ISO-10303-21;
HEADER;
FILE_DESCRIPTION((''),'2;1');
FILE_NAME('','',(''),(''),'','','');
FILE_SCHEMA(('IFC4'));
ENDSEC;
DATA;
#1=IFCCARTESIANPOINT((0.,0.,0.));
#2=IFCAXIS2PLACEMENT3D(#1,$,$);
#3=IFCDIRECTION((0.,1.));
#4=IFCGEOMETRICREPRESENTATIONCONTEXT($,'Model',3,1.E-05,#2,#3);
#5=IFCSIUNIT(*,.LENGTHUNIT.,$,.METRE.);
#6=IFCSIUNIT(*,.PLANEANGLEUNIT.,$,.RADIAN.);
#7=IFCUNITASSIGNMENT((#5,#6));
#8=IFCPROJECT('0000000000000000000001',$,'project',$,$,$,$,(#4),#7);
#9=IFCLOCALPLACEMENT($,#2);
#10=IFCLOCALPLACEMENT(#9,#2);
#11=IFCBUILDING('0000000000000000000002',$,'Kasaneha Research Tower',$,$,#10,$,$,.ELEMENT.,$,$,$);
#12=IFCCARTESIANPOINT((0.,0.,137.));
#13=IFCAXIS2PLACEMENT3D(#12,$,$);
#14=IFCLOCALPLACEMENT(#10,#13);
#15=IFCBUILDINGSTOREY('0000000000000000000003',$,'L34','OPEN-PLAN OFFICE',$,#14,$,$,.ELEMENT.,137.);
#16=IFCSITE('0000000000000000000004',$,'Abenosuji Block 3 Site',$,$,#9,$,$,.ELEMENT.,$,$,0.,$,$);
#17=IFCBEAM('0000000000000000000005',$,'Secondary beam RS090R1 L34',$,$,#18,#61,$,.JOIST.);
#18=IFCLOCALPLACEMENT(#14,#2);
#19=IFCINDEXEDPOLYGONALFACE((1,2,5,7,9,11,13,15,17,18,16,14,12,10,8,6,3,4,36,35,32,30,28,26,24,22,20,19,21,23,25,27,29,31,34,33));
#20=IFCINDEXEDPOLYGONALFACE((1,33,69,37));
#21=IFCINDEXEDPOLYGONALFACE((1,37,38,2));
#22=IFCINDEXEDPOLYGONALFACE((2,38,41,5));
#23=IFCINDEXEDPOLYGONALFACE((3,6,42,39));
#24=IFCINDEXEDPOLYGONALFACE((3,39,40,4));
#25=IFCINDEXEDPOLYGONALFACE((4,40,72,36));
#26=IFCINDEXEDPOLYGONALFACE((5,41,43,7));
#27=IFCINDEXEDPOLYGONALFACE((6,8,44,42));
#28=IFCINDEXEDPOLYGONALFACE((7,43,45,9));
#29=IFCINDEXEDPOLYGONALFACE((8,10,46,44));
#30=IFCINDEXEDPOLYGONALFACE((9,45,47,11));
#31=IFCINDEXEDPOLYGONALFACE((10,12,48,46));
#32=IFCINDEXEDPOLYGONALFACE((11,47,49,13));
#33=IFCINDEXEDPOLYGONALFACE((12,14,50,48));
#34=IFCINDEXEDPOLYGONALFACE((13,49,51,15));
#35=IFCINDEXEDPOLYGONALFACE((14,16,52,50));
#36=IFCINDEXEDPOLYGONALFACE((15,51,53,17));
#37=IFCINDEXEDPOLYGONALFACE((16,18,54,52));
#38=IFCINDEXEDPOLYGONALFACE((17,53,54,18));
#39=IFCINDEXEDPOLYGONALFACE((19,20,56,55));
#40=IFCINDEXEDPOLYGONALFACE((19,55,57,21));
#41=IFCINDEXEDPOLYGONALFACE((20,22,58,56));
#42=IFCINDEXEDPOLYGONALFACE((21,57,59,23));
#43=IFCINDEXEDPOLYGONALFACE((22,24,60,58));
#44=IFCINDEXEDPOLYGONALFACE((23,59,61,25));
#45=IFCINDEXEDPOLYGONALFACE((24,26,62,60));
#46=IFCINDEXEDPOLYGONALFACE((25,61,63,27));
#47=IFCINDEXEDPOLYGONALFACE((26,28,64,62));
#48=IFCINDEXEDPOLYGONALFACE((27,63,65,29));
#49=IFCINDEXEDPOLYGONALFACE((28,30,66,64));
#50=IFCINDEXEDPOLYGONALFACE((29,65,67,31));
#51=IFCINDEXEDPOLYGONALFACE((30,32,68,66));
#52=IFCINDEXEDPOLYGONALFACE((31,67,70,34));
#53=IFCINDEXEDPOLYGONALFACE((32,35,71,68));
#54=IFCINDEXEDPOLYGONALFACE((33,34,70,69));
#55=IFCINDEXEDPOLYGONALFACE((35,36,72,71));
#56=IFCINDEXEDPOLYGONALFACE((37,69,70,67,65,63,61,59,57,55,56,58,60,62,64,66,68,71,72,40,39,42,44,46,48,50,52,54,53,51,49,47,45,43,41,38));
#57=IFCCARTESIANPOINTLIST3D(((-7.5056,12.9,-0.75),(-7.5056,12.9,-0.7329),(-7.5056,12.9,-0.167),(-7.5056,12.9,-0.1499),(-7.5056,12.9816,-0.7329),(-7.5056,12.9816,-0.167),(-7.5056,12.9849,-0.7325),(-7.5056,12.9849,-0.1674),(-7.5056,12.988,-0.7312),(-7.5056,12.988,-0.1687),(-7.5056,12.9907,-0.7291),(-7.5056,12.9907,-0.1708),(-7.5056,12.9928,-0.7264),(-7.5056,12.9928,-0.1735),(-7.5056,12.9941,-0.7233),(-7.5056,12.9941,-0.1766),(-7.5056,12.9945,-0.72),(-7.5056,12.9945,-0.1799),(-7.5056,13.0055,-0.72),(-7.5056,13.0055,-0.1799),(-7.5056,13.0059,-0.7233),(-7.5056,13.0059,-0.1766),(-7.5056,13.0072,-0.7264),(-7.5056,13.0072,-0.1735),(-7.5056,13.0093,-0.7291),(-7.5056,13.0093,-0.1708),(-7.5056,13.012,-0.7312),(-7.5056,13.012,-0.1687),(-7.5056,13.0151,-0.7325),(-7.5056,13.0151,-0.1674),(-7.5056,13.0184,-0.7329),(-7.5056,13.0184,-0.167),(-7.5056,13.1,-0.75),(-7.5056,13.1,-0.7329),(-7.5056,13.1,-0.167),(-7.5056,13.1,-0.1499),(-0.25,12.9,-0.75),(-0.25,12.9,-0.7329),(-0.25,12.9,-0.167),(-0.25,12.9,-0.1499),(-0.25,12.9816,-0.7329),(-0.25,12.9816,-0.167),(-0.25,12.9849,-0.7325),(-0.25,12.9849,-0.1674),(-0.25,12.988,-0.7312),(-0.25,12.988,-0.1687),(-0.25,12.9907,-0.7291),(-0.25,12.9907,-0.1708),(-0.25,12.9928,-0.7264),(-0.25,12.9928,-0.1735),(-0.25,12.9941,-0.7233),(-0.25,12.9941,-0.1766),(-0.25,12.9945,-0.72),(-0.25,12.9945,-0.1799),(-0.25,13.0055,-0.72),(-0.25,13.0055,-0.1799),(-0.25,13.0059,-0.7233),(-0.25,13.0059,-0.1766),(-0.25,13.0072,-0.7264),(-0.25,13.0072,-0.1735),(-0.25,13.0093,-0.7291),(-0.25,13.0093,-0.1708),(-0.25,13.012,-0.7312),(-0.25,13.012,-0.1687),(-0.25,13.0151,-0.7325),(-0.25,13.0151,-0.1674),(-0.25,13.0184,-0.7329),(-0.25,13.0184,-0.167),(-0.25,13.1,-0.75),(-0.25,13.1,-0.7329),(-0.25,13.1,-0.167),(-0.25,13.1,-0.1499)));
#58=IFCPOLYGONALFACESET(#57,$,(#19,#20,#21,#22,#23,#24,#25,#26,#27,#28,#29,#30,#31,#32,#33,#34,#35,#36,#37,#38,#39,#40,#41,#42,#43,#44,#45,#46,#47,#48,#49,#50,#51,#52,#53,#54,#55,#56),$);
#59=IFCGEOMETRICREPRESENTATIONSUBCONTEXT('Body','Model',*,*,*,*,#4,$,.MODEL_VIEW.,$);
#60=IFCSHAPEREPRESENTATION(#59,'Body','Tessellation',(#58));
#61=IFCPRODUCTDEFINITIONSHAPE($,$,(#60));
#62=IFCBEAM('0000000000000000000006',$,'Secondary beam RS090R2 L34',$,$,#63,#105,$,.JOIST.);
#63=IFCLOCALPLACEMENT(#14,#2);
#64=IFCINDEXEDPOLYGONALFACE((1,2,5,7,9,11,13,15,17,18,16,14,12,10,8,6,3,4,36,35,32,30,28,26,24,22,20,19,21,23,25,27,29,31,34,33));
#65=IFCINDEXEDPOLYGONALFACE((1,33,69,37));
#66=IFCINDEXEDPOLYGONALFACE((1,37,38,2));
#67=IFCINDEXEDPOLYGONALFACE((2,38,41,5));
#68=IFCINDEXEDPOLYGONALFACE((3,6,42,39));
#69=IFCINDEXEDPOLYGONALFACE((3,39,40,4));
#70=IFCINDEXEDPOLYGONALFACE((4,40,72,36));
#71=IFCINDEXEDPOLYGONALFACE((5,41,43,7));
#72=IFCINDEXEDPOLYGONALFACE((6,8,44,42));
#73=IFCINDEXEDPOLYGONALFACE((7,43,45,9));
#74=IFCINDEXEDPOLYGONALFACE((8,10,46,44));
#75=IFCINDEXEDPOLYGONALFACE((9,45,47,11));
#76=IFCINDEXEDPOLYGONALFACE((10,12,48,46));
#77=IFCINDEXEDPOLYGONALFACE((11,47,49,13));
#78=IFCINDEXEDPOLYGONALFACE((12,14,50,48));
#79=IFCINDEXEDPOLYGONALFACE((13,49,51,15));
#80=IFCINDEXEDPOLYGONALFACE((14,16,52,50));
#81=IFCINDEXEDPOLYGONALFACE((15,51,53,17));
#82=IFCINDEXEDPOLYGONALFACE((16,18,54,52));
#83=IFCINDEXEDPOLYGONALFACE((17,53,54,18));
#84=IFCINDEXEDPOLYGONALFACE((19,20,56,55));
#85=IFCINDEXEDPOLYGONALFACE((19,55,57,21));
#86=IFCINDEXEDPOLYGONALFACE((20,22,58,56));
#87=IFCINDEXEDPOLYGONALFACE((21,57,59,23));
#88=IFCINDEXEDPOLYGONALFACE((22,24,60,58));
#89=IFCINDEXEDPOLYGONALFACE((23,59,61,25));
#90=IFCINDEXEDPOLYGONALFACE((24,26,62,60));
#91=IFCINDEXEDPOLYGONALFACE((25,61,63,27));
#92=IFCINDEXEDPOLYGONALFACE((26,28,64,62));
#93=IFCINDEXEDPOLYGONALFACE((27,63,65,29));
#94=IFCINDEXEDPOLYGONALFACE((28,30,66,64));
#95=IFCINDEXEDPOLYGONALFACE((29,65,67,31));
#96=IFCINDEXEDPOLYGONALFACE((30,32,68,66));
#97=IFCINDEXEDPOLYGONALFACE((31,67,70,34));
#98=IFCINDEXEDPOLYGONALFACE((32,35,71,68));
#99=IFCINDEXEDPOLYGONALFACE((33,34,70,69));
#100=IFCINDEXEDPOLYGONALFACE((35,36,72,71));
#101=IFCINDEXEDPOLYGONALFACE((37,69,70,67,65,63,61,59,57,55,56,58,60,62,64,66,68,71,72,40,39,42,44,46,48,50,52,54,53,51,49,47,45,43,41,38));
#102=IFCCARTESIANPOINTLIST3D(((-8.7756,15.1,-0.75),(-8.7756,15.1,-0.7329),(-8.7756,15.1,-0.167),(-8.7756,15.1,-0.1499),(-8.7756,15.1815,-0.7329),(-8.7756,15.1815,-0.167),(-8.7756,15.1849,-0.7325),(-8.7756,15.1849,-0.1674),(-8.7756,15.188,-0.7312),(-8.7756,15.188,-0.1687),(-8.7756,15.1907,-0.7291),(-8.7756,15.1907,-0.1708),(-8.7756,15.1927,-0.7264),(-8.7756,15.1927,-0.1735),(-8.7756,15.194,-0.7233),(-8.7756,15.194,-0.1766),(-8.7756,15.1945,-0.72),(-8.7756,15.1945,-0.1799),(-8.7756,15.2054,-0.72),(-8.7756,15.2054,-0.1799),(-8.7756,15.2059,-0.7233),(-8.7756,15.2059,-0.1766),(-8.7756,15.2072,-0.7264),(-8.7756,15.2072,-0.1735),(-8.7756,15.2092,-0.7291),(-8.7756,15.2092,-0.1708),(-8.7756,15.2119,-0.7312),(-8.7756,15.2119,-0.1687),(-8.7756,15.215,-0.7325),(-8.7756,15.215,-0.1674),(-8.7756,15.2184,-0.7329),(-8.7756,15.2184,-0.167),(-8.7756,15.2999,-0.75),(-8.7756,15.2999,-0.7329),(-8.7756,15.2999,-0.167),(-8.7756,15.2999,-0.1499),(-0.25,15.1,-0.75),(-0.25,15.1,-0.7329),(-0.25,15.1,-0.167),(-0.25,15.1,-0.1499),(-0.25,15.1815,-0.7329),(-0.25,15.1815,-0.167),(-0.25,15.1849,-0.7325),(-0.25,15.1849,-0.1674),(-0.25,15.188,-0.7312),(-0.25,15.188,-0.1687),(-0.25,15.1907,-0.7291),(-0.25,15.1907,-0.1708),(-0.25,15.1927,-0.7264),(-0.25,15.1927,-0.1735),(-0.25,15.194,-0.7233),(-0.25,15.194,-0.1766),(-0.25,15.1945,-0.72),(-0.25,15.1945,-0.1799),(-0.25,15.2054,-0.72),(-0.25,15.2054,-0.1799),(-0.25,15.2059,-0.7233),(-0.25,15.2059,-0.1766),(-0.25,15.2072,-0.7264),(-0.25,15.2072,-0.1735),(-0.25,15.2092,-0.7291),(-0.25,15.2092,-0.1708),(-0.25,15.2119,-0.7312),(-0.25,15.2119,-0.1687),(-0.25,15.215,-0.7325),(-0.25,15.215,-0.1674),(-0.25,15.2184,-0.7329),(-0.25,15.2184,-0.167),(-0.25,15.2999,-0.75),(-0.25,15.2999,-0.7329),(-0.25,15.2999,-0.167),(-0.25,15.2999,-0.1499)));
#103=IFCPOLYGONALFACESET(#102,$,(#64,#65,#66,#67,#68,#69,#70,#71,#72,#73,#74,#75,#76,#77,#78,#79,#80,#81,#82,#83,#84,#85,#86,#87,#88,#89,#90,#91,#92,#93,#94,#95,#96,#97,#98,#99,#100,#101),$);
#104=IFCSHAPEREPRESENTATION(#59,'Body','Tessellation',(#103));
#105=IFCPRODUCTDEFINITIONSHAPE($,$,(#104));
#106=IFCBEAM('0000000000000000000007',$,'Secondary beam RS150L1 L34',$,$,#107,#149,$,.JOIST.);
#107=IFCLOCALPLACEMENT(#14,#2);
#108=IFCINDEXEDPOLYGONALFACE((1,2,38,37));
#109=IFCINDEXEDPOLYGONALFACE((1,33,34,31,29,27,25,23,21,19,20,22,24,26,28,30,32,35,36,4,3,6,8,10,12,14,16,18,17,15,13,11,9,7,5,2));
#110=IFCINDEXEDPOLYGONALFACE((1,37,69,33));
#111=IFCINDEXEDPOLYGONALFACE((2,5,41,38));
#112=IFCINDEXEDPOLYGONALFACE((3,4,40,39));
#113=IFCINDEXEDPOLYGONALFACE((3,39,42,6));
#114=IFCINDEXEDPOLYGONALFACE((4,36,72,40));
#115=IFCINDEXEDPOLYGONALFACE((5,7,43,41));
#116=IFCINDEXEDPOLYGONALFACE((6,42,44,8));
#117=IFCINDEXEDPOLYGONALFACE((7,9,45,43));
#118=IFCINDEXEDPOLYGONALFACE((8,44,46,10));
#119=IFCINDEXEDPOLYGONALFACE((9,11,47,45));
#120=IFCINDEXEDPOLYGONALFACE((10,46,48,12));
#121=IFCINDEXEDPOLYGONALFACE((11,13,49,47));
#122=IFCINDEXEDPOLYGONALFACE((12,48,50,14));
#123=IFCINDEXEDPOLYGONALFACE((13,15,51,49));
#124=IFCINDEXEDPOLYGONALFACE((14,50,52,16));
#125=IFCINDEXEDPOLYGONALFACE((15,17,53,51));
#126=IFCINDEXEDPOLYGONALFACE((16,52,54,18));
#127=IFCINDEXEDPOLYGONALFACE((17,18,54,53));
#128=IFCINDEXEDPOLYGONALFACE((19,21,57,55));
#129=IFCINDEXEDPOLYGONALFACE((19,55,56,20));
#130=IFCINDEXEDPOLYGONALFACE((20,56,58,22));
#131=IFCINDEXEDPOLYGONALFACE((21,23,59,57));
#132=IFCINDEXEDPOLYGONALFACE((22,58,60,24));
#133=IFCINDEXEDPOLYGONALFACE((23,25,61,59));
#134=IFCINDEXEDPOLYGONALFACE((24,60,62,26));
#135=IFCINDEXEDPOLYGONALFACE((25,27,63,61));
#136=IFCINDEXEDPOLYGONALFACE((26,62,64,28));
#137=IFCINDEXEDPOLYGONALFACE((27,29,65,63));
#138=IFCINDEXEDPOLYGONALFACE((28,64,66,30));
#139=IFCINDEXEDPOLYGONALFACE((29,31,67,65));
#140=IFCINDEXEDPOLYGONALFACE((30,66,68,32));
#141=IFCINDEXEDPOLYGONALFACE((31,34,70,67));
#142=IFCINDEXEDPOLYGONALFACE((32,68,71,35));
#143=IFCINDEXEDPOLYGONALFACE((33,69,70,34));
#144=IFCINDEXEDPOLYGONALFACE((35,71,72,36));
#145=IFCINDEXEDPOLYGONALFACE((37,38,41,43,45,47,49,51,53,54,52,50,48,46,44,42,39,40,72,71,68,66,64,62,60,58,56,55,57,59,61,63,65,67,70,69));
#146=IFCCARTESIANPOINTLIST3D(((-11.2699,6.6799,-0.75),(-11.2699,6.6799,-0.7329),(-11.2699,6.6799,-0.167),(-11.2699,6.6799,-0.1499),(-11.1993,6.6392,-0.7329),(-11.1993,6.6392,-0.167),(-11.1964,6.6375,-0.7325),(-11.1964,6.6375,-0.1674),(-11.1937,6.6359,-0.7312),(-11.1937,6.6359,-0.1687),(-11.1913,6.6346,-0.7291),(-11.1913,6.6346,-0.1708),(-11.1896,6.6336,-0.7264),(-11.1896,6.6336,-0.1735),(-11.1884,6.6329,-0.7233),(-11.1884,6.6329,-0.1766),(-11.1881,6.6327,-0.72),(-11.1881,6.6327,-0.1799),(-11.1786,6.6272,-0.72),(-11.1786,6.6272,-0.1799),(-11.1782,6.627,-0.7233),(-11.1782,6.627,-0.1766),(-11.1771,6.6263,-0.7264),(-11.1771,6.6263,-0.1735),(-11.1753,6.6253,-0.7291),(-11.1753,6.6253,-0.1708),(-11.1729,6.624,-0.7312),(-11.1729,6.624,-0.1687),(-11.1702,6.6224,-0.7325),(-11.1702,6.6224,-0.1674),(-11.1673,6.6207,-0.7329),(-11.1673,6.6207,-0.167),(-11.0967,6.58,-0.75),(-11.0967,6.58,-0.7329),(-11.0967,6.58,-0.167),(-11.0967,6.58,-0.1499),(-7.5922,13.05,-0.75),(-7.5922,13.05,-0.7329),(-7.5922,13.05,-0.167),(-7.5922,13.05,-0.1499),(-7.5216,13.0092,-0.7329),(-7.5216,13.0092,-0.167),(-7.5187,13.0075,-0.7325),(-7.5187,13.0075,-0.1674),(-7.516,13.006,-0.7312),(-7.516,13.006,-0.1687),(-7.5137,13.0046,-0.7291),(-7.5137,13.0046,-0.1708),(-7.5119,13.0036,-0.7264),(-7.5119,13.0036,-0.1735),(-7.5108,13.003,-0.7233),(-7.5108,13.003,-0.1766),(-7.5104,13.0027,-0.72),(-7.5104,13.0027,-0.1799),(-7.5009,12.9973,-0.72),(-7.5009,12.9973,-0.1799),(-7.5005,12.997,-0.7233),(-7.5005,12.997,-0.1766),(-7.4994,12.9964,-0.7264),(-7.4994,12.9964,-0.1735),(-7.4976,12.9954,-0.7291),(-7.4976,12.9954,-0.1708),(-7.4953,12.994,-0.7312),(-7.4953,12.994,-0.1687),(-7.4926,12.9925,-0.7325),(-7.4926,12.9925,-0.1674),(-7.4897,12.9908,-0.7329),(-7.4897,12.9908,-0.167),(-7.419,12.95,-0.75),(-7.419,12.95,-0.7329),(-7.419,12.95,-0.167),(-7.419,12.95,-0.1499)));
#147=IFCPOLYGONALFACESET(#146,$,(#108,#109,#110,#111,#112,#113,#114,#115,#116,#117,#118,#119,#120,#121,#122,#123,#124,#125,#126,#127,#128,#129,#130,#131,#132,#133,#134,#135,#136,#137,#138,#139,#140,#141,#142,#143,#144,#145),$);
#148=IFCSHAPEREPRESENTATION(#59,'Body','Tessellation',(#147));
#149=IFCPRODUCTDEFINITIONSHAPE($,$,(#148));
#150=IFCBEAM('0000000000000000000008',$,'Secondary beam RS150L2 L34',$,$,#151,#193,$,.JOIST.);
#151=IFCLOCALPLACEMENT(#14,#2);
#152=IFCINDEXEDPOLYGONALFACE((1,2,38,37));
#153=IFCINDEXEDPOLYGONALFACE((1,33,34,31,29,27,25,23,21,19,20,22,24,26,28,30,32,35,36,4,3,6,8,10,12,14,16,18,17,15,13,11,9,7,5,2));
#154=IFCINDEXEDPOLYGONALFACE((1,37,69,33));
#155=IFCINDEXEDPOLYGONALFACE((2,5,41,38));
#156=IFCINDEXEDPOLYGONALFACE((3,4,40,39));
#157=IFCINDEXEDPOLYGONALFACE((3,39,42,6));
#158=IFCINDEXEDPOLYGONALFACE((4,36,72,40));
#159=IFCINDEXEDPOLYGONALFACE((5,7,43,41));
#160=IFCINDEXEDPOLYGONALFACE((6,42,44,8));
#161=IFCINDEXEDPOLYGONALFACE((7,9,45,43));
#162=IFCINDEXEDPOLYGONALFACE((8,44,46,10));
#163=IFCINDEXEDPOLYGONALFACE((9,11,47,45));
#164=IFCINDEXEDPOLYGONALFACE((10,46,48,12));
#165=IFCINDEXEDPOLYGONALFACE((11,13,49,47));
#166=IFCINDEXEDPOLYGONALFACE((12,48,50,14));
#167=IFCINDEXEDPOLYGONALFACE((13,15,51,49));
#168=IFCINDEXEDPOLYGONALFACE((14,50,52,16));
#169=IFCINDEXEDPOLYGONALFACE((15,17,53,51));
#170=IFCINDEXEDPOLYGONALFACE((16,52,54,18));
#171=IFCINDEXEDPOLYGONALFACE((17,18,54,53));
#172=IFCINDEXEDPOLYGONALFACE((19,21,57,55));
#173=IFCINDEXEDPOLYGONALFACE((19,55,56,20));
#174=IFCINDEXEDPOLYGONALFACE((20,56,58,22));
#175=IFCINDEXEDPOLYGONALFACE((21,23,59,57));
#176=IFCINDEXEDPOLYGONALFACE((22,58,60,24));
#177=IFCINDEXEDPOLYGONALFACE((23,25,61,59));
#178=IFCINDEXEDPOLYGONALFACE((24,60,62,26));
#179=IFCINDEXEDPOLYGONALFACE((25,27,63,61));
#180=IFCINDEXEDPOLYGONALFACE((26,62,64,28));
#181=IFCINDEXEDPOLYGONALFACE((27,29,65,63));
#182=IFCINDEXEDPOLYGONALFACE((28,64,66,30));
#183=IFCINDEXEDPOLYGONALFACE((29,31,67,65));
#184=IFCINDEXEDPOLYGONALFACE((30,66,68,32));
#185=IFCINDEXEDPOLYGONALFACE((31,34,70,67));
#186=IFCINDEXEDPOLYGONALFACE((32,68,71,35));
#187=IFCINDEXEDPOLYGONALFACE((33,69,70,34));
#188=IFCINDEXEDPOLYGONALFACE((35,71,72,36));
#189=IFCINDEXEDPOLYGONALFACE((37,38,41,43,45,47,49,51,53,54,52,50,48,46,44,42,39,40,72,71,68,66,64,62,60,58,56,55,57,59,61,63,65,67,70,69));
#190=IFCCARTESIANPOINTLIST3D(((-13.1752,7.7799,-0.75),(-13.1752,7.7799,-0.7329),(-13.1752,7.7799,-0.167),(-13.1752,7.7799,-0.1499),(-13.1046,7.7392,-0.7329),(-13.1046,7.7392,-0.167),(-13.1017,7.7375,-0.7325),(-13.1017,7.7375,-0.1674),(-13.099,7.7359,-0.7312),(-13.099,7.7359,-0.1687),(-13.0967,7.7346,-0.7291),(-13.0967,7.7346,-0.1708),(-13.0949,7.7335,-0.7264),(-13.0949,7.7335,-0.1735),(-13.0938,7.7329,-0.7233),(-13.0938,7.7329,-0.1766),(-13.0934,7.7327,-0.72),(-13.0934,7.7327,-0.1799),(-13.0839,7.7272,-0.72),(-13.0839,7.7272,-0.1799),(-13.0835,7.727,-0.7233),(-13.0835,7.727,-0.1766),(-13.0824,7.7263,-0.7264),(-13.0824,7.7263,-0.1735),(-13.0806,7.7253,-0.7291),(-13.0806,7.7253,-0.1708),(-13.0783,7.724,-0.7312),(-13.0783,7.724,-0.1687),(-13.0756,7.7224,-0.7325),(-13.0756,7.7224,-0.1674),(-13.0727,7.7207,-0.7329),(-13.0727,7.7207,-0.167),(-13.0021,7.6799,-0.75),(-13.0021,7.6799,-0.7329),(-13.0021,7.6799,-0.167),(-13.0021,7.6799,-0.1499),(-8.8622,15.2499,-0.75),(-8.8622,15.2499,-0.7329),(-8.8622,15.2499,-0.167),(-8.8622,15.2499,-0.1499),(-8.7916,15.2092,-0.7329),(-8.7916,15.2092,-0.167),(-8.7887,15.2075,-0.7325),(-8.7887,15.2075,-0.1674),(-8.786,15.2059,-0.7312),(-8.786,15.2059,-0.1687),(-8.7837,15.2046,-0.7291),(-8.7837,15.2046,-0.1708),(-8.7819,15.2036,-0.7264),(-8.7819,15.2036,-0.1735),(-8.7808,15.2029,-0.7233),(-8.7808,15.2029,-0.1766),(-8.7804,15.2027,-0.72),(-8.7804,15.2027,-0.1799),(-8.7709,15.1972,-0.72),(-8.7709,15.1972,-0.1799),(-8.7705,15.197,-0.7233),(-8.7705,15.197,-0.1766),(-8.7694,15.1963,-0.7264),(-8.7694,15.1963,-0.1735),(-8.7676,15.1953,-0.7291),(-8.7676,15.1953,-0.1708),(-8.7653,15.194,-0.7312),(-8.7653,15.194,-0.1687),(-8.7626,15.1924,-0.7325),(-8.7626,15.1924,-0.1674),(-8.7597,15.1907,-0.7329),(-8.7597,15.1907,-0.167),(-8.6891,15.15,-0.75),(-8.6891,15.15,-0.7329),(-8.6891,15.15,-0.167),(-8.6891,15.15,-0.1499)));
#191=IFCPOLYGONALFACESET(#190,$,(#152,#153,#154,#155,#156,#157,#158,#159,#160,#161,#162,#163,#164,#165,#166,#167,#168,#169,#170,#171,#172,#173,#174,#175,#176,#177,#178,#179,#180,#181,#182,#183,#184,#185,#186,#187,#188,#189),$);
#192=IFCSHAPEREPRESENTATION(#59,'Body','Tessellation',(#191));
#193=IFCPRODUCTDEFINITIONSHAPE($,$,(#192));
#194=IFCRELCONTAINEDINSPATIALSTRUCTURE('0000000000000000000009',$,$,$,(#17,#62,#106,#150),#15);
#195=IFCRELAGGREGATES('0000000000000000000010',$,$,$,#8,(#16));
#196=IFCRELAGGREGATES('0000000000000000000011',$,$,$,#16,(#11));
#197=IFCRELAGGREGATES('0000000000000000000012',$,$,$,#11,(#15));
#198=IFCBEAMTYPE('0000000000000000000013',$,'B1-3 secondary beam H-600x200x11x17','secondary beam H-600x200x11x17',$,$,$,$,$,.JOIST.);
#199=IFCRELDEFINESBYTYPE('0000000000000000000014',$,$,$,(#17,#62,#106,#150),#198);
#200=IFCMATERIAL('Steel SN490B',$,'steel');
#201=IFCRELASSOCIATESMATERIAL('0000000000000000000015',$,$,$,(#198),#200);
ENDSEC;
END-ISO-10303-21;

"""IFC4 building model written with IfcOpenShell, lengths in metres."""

from ifc_helpers import new_model, si_unit, direction, frame, origin, origin_2d, place, context, subcontext, project, spatial, i_section, extrude, material, material_profile, profile_set, type_object, element, save


model = new_model("IFC4")

# Units and contexts
model_context = context("Model", 3, precision=1e-05, world=origin(), true_north=direction((0.0, 1.0)))
body_context = subcontext(model_context, "Body", "Model", "MODEL_VIEW")
ifc_project = project(units=[si_unit("LENGTHUNIT", "METRE"), si_unit("PLANEANGLEUNIT", "RADIAN")], contexts=[model_context])

# Site, building, storey
site_placement = place(None, origin())
site = spatial("IfcSite", under=ifc_project, at=site_placement, Name="Abenosuji Block 3 Site", CompositionType="ELEMENT", RefElevation=0.0)
building_placement = place(site_placement, origin())
building = spatial("IfcBuilding", under=site, at=building_placement, Name="Kasaneha Research Tower", CompositionType="ELEMENT")
storey_placement = place(building_placement, frame((0.0, 0.0, 137.0)))
storey = spatial("IfcBuildingStorey", under=building, at=storey_placement, Name="L34", Description="OPEN-PLAN OFFICE", CompositionType="ELEMENT", Elevation=137.0)

# Beams
ifc_material_1 = material(Name="Steel SN490B", Category="steel")
ifc_material_profile_1 = material_profile(ifc_material_1, i_section(OverallWidth=0.2, OverallDepth=0.6001, WebThickness=0.011, FlangeThickness=0.0171, FilletRadius=0.0129, at=origin_2d()), Name="H-600x200x11x17")
ifc_profile_set_1 = profile_set([ifc_material_profile_1], Name="Steel SN490B")
beam_type_1 = type_object("IfcBeamType", Name="B1-3 secondary beam H-600x200x11x17", Description="secondary beam H-600x200x11x17", PredefinedType="JOIST", material=ifc_profile_set_1)
beam_1_placement = place(storey_placement, frame((-7.5056, 13.0, -0.45), z_axis=(1.0, 0.0, 0.0), x_axis=(0.0, 1.0, 0.0)))
element("IfcBeam", 1, at=beam_1_placement, inside=storey, type_object=beam_type_1, Name="Secondary beam RS090R1 L34", PredefinedType="JOIST", context=body_context, shape_type="SweptSolid", body=[
    extrude(i_section(OverallWidth=0.2, OverallDepth=0.6001, WebThickness=0.011, FlangeThickness=0.0171, FilletRadius=0.0129, at=origin_2d()), origin(), (0.0, 0.0, 1.0), 7.2556),
])
beam_2_placement = place(storey_placement, frame((-8.7756, 15.2, -0.45), z_axis=(1.0, 0.0, 0.0), x_axis=(0.0, 1.0, 0.0)))
element("IfcBeam", 2, at=beam_2_placement, inside=storey, type_object=beam_type_1, Name="Secondary beam RS090R2 L34", PredefinedType="JOIST", context=body_context, shape_type="SweptSolid", body=[
    extrude(i_section(OverallWidth=0.2, OverallDepth=0.6001, WebThickness=0.011, FlangeThickness=0.0171, FilletRadius=0.0129, at=origin_2d()), origin(), (0.0, 0.0, 1.0), 8.5256),
])
beam_3_placement = place(storey_placement, frame((-7.5056, 13.0, -0.45), z_axis=(-0.499994, -0.866029, 0.0), x_axis=(0.866029, -0.499994, 0.0)))
element("IfcBeam", 3, at=beam_3_placement, inside=storey, type_object=beam_type_1, Name="Secondary beam RS150L1 L34", PredefinedType="JOIST", context=body_context, shape_type="SweptSolid", body=[
    extrude(i_section(OverallWidth=0.2, OverallDepth=0.6001, WebThickness=0.011, FlangeThickness=0.0171, FilletRadius=0.0129, at=origin_2d()), origin(), (0.0, 0.0, 1.0), 7.3555),
])
beam_4_placement = place(storey_placement, frame((-8.7756, 15.2, -0.45), z_axis=(-0.500017, -0.866015, 0.0), x_axis=(0.866015, -0.500017, 0.0)))
element("IfcBeam", 4, at=beam_4_placement, inside=storey, type_object=beam_type_1, Name="Secondary beam RS150L2 L34", PredefinedType="JOIST", context=body_context, shape_type="SweptSolid", body=[
    extrude(i_section(OverallWidth=0.2, OverallDepth=0.6001, WebThickness=0.011, FlangeThickness=0.0171, FilletRadius=0.0129, at=origin_2d()), origin(), (0.0, 0.0, 1.0), 8.6257),
])

save(model, "model.ifc")
